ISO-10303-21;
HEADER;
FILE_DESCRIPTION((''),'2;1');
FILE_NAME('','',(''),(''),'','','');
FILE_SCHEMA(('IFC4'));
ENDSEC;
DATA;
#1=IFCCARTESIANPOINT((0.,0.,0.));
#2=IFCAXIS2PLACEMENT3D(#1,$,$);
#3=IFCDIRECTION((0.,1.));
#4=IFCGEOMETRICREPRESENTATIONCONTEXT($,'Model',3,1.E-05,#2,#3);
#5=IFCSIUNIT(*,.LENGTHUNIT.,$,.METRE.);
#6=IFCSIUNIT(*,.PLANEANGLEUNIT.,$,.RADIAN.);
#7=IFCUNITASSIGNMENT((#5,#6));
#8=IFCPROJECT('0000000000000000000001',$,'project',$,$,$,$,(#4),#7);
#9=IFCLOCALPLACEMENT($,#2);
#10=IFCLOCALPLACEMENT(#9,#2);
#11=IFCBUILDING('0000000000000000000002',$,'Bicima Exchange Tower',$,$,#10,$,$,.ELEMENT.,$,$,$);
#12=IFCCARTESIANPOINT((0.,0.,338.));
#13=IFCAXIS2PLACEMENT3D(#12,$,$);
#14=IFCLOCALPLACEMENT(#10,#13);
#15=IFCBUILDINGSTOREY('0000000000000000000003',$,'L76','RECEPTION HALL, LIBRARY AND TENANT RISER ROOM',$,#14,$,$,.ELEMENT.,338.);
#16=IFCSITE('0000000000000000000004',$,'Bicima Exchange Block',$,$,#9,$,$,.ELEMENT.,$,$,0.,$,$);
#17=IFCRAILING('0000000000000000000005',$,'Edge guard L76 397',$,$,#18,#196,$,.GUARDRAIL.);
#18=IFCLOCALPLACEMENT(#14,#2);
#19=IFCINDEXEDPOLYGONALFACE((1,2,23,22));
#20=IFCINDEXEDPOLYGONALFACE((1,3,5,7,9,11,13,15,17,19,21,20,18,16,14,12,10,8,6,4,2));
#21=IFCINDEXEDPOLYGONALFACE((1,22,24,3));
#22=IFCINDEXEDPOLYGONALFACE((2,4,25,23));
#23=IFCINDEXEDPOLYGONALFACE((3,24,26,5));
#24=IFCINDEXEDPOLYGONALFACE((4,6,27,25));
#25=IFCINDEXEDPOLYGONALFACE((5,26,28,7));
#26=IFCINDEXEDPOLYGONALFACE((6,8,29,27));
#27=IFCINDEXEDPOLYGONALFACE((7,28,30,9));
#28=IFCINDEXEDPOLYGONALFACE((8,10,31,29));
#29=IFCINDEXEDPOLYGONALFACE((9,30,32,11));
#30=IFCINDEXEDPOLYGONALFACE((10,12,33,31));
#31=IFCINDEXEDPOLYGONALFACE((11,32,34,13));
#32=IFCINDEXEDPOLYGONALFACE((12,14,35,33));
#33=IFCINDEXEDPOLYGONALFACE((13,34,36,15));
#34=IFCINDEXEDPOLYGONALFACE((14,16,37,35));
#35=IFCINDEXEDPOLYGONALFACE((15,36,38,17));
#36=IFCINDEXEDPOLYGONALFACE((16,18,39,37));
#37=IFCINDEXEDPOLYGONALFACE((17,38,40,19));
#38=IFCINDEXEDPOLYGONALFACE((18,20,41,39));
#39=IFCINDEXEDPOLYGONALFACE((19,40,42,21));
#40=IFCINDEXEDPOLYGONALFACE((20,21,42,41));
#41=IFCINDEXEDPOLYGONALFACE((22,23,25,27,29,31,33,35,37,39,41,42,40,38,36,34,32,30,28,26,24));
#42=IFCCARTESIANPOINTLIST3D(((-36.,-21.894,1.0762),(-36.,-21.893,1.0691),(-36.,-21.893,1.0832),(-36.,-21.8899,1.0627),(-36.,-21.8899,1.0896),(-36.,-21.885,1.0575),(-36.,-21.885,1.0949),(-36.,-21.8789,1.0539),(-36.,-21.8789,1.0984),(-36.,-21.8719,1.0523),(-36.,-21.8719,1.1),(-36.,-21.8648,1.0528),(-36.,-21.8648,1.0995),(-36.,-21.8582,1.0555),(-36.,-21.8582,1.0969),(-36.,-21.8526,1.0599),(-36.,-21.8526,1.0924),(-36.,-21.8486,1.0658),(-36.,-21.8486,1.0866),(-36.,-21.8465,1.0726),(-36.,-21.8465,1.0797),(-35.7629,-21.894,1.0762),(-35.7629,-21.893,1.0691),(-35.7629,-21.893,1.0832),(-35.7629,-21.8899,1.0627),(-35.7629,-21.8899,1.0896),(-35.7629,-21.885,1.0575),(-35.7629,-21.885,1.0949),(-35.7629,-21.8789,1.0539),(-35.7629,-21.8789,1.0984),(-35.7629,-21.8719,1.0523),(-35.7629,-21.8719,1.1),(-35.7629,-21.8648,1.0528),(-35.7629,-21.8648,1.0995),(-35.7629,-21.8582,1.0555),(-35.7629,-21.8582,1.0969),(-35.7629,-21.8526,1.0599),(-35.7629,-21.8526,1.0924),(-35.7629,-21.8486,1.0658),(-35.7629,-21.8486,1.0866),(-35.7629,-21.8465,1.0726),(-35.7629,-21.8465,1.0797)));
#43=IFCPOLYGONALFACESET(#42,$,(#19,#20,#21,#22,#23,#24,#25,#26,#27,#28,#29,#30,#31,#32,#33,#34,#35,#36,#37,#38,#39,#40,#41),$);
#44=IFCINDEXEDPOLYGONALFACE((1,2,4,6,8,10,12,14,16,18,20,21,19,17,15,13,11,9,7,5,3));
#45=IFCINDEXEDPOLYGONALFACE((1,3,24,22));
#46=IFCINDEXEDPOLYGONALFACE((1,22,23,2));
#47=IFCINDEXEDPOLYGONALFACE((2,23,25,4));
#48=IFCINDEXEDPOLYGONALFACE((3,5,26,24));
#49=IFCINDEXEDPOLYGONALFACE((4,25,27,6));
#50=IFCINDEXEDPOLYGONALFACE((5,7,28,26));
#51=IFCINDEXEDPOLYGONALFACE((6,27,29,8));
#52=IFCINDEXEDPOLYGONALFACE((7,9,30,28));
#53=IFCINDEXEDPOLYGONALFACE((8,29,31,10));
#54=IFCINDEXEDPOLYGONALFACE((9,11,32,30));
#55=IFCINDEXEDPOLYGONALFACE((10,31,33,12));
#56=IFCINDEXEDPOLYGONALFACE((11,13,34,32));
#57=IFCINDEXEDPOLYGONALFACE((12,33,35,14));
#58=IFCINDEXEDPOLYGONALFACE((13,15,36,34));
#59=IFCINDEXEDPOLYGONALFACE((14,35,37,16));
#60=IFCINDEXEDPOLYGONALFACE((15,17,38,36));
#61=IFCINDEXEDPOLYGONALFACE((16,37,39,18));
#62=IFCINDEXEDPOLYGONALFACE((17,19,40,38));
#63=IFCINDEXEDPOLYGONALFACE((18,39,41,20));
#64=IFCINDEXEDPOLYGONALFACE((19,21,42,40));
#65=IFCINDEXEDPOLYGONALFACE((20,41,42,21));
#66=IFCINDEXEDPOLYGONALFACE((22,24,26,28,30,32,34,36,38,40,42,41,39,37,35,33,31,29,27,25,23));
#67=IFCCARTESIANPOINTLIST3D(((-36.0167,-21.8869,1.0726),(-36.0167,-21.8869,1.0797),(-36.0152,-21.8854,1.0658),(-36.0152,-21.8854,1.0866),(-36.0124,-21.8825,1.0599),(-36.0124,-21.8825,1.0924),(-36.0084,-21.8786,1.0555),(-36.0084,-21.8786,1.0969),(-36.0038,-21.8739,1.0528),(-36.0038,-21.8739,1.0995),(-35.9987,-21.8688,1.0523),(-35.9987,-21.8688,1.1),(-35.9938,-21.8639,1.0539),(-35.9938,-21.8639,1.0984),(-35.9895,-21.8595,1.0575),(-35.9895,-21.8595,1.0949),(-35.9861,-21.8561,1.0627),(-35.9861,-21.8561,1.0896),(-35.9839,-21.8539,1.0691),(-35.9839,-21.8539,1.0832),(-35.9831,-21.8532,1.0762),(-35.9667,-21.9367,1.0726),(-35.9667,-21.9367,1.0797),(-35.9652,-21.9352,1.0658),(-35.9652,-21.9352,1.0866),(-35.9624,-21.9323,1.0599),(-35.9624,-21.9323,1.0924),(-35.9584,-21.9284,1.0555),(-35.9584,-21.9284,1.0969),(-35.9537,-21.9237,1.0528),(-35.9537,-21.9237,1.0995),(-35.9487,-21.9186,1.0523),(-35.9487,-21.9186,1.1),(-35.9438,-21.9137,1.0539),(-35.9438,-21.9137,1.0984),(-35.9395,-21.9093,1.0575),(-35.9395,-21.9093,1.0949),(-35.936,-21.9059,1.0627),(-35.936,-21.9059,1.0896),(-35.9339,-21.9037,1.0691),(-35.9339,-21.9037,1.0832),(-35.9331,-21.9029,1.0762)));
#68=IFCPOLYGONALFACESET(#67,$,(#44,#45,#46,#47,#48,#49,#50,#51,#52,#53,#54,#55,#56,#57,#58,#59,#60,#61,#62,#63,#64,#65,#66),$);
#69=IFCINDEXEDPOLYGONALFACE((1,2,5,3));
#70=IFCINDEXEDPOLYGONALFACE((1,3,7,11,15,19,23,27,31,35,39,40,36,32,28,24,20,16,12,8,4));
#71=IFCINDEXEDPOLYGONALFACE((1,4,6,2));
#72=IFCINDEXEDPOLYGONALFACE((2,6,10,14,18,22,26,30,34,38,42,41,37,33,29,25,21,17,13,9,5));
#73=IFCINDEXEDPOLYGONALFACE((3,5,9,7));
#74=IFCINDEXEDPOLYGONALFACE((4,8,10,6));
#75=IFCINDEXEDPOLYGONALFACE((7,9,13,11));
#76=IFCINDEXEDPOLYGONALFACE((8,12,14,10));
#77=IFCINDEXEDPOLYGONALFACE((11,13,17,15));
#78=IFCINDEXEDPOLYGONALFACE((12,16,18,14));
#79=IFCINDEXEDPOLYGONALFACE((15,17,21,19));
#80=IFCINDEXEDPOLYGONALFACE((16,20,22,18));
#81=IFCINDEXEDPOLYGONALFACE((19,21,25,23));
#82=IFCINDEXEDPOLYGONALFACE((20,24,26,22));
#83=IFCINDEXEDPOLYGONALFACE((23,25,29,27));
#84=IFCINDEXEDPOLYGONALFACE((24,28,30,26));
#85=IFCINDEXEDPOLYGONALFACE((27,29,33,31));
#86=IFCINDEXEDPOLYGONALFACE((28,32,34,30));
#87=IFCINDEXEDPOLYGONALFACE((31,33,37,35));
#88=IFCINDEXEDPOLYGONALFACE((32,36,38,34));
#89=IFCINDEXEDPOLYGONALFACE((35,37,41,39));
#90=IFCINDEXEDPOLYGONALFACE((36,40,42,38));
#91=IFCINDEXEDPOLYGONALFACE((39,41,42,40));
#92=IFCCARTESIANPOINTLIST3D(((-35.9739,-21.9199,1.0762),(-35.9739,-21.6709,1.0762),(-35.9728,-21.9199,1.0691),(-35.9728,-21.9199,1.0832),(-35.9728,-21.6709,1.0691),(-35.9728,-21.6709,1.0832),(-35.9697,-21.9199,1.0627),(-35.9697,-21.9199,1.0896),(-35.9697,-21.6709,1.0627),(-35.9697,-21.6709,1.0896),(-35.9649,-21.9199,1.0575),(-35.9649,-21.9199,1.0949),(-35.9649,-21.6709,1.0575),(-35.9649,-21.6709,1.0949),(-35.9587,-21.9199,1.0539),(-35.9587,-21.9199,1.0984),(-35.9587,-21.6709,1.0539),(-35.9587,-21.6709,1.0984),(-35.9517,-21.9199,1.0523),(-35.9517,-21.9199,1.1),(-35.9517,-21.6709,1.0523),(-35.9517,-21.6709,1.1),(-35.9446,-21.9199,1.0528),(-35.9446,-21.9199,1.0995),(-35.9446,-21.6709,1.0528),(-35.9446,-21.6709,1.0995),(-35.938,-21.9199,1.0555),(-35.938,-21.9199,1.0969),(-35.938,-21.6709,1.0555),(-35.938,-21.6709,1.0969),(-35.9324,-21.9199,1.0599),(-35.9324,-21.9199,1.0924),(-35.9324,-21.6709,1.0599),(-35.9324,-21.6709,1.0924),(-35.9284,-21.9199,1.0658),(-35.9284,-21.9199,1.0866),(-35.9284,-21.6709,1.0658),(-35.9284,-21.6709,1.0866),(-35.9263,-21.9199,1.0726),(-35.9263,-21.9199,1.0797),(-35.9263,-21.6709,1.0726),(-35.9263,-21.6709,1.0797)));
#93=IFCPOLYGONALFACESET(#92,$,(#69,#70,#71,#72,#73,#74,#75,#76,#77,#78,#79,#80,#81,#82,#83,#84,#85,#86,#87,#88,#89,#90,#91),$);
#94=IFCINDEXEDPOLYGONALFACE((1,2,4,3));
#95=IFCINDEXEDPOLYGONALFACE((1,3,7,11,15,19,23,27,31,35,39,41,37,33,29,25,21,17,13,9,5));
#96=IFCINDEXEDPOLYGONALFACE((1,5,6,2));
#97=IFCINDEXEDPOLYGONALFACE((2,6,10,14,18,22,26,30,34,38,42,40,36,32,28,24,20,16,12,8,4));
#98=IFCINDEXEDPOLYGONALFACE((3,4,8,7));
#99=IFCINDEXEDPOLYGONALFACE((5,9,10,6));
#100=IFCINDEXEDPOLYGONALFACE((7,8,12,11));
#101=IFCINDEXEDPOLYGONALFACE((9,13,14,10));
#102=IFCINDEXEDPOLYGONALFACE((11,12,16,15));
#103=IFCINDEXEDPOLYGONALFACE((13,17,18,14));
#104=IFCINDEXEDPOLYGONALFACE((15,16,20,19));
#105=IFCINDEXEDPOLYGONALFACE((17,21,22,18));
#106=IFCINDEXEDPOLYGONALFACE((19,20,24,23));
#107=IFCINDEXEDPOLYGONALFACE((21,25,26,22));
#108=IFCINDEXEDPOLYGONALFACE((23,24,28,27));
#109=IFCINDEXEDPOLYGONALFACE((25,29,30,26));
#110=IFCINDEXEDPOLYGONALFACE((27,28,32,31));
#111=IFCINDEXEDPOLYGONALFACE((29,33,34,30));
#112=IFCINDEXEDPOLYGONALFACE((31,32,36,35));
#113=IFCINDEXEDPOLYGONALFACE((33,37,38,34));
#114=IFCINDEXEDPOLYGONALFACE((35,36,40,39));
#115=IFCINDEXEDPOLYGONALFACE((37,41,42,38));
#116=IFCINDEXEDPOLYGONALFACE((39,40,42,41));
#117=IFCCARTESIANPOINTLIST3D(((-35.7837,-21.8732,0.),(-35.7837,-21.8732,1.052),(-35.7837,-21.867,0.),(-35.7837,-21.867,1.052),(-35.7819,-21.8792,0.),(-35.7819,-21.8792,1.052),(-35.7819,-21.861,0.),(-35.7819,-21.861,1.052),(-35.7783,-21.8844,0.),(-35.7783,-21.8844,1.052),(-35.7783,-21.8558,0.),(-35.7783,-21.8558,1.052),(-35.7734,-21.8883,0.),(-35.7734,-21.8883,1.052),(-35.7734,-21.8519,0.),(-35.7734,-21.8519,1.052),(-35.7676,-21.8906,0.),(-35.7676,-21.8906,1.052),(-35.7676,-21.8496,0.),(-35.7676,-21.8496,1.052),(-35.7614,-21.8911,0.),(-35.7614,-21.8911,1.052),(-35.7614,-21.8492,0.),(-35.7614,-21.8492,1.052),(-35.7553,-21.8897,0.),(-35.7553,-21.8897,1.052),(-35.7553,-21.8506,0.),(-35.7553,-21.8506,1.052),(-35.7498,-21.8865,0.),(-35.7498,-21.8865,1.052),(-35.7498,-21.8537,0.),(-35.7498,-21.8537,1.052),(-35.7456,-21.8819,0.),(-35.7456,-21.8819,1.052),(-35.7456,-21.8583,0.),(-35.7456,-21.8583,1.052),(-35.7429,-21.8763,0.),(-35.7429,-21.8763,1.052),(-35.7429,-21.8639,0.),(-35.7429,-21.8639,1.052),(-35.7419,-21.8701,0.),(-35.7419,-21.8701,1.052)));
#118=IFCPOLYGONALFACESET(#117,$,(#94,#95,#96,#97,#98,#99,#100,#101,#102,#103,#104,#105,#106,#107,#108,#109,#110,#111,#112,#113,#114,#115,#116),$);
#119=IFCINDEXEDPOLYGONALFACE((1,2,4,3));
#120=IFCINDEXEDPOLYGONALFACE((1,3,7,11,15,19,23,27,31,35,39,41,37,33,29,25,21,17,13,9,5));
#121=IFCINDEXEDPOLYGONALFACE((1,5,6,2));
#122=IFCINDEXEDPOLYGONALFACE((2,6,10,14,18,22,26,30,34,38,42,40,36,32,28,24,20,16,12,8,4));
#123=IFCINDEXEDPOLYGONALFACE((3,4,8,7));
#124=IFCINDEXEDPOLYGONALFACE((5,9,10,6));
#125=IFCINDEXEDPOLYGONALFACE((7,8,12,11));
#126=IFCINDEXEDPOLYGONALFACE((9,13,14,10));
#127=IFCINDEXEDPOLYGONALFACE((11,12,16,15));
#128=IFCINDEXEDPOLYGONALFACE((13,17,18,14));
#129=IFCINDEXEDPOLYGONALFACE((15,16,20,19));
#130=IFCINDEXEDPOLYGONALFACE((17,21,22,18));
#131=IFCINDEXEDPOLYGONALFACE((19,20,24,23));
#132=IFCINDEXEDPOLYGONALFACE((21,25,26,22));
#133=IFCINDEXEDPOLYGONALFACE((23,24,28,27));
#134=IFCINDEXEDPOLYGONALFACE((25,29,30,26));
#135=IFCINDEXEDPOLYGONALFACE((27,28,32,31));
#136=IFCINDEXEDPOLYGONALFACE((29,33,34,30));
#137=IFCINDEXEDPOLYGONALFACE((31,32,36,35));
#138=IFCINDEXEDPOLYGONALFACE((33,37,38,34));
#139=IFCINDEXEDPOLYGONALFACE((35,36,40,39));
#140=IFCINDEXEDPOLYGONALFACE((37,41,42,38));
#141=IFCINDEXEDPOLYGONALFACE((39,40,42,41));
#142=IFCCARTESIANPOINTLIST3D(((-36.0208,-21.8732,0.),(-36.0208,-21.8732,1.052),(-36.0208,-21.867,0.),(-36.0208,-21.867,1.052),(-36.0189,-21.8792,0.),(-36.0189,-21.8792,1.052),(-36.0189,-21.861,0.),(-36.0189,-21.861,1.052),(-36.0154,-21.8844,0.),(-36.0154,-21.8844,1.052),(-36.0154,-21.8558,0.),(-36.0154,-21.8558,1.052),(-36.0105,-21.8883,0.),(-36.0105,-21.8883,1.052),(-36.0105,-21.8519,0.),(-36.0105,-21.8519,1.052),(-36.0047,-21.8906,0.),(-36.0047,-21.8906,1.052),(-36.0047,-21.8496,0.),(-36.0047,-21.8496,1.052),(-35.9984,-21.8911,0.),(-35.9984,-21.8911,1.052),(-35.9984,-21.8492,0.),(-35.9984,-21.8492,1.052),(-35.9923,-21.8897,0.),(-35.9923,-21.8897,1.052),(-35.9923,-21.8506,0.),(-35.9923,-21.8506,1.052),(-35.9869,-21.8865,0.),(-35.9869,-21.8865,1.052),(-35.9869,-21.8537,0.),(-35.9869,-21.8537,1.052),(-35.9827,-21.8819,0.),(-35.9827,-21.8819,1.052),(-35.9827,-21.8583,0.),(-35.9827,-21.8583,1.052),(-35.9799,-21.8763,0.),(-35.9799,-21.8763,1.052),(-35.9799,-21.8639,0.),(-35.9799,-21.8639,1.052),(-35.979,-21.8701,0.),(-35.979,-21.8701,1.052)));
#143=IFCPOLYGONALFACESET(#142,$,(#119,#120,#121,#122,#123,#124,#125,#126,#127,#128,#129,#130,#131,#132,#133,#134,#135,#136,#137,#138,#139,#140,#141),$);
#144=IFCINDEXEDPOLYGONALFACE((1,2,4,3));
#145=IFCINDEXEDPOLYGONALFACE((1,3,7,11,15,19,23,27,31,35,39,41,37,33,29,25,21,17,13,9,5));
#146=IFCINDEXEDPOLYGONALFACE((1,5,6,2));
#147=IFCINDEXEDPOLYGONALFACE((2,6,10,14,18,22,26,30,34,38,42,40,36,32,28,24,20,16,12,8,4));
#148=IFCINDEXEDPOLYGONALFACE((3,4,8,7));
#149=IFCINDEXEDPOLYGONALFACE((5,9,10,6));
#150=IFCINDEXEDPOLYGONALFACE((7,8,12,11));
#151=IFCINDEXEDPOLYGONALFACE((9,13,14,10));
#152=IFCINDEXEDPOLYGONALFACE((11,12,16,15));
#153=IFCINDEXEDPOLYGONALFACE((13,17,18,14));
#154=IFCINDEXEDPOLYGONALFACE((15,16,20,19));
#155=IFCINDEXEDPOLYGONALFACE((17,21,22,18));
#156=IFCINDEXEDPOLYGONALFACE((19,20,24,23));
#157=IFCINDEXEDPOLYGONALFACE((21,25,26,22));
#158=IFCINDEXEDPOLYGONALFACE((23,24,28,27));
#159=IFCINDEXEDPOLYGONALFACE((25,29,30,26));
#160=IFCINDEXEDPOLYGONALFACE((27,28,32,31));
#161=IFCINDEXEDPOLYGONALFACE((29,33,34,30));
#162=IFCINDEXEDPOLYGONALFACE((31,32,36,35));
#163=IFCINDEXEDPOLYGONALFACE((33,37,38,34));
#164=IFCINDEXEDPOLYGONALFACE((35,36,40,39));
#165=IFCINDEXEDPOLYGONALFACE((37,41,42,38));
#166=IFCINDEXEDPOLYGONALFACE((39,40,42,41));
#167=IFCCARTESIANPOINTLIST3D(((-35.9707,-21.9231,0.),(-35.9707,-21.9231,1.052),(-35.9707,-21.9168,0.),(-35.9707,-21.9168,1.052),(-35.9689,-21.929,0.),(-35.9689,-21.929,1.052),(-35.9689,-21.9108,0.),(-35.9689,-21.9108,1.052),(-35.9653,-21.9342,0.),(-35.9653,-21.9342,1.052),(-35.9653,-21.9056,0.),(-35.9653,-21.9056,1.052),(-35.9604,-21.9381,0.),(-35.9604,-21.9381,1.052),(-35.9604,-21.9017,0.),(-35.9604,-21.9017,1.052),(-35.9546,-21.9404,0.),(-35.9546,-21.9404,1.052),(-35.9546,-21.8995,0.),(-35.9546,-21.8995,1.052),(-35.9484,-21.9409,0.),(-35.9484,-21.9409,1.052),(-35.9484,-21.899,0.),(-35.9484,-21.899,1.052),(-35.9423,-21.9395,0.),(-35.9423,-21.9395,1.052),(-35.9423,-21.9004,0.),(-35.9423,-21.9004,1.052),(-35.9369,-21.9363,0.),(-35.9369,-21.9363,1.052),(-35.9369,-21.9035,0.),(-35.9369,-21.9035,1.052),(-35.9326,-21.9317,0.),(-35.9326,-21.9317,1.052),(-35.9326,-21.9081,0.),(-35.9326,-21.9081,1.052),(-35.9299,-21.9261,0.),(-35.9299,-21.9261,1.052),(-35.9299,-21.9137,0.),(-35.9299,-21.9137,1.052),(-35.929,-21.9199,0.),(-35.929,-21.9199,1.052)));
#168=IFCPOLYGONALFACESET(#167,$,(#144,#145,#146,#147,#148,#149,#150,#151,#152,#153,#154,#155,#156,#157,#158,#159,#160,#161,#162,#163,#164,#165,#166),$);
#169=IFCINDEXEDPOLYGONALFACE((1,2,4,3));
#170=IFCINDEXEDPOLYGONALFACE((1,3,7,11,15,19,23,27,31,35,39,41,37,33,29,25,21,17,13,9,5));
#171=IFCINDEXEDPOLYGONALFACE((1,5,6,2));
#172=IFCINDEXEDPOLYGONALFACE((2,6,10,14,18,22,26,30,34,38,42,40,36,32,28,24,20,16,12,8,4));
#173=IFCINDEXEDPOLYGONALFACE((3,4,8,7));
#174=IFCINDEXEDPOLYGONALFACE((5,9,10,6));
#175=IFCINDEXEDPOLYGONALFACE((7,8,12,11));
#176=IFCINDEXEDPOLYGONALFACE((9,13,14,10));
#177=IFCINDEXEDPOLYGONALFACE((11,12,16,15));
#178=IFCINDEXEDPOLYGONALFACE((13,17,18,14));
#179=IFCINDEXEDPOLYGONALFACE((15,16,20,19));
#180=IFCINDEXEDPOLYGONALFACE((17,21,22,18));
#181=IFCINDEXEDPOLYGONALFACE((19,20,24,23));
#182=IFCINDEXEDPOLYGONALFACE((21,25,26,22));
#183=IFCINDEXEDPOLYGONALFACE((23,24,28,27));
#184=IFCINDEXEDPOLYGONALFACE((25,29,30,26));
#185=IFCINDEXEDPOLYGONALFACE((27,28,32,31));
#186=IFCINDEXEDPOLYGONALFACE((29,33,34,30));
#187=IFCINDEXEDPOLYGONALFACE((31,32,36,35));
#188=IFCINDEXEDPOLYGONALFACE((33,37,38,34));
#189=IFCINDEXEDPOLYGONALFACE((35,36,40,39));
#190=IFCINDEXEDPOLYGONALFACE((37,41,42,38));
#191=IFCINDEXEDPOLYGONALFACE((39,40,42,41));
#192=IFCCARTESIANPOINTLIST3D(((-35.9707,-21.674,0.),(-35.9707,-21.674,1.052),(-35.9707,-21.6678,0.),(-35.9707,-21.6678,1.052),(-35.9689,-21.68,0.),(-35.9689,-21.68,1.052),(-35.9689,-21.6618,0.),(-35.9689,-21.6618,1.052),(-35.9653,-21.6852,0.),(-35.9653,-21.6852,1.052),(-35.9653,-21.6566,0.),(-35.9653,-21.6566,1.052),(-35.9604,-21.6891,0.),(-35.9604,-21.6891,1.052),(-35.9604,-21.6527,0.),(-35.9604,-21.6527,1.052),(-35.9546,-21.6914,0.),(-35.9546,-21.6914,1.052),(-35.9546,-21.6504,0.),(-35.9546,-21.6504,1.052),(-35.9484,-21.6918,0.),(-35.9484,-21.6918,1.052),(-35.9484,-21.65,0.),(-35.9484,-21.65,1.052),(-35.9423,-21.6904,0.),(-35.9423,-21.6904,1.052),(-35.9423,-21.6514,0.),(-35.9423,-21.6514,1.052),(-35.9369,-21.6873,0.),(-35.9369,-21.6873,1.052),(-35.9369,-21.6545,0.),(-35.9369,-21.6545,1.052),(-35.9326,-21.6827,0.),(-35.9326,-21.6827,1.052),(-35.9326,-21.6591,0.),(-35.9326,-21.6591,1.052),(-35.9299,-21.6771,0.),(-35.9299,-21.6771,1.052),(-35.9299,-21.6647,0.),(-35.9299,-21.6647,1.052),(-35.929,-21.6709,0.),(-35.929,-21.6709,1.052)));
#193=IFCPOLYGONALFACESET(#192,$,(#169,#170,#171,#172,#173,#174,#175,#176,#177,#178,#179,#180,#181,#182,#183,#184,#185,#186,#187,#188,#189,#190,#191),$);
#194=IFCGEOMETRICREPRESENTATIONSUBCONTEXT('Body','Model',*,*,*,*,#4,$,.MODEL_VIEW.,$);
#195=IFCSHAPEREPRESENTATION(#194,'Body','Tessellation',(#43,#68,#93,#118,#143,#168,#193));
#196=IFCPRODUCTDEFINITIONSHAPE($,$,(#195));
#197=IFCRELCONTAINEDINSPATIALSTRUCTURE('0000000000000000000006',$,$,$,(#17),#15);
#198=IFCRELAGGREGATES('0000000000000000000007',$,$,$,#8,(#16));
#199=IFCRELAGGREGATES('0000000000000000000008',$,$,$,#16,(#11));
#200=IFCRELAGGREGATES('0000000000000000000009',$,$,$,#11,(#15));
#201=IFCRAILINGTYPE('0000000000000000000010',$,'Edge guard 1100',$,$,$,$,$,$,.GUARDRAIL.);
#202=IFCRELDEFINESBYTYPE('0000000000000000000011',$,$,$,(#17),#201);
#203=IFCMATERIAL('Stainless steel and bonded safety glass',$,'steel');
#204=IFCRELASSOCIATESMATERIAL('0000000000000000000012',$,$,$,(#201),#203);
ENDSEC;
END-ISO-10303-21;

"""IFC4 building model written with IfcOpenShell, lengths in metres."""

from ifc_helpers import new_model, si_unit, direction, frame, origin, origin_2d, place, context, subcontext, project, spatial, circle, extrude, material, type_object, element, save


model = new_model("IFC4")

# Units and contexts
model_context = context("Model", 3, precision=1e-05, world=origin(), true_north=direction((0.0, 1.0)))
body_context = subcontext(model_context, "Body", "Model", "MODEL_VIEW")
ifc_project = project(units=[si_unit("LENGTHUNIT", "METRE"), si_unit("PLANEANGLEUNIT", "RADIAN")], contexts=[model_context])

# Site, building, storey
site_placement = place(None, origin())
site = spatial("IfcSite", under=ifc_project, at=site_placement, Name="Bicima Exchange Block", CompositionType="ELEMENT", RefElevation=0.0)
building_placement = place(site_placement, origin())
building = spatial("IfcBuilding", under=site, at=building_placement, Name="Bicima Exchange Tower", CompositionType="ELEMENT")
storey_placement = place(building_placement, frame((0.0, 0.0, 338.0)))
storey = spatial("IfcBuildingStorey", under=building, at=storey_placement, Name="L76", Description="RECEPTION HALL, LIBRARY AND TENANT RISER ROOM", CompositionType="ELEMENT", Elevation=338.0)

# Railing
ifc_material_1 = material(Name="Stainless steel and bonded safety glass", Category="steel")
railing_type = type_object("IfcRailingType", Name="Edge guard 1100", PredefinedType="GUARDRAIL", material=ifc_material_1)
railing_1_placement = place(storey_placement, frame((-35.7629, -21.8701, 0.0)))
element("IfcRailing", 1, at=railing_1_placement, inside=storey, type_object=railing_type, Name="Edge guard L76 397", PredefinedType="GUARDRAIL", context=body_context, shape_type="SweptSolid", body=[
    extrude(circle(Radius=0.0239, at=origin_2d()), frame((0.0, 0.0, 1.0762), z_axis=(-1.0, 0.0, 0.0), x_axis=(0.0, -1.0, 0.0)), (0.0, 0.0, 1.0), 0.2371),
    extrude(circle(Radius=0.0239, at=origin_2d()), frame((-0.2371, 0.0, 1.0762), z_axis=(0.708834, -0.705376, 0.0), x_axis=(0.705376, 0.708834, 0.0)), (0.0, 0.0, 1.0), 0.0706),
    extrude(circle(Radius=0.0239, at=origin_2d()), frame((-0.187, -0.0498, 1.0762), z_axis=(0.0, 1.0, 0.0), x_axis=(-1.0, 0.0, 0.0)), (0.0, 0.0, 1.0), 0.249),
    extrude(circle(Radius=0.021, at=origin_2d()), origin(), (0.0, 0.0, 1.0), 1.052),
    extrude(circle(Radius=0.021, at=origin_2d()), frame((-0.2371, 0.0, 0.0)), (0.0, 0.0, 1.0), 1.052),
    extrude(circle(Radius=0.021, at=origin_2d()), frame((-0.187, -0.0498, 0.0)), (0.0, 0.0, 1.0), 1.052),
    extrude(circle(Radius=0.021, at=origin_2d()), frame((-0.187, 0.1992, 0.0)), (0.0, 0.0, 1.0), 1.052),
])

save(model, "model.ifc")
